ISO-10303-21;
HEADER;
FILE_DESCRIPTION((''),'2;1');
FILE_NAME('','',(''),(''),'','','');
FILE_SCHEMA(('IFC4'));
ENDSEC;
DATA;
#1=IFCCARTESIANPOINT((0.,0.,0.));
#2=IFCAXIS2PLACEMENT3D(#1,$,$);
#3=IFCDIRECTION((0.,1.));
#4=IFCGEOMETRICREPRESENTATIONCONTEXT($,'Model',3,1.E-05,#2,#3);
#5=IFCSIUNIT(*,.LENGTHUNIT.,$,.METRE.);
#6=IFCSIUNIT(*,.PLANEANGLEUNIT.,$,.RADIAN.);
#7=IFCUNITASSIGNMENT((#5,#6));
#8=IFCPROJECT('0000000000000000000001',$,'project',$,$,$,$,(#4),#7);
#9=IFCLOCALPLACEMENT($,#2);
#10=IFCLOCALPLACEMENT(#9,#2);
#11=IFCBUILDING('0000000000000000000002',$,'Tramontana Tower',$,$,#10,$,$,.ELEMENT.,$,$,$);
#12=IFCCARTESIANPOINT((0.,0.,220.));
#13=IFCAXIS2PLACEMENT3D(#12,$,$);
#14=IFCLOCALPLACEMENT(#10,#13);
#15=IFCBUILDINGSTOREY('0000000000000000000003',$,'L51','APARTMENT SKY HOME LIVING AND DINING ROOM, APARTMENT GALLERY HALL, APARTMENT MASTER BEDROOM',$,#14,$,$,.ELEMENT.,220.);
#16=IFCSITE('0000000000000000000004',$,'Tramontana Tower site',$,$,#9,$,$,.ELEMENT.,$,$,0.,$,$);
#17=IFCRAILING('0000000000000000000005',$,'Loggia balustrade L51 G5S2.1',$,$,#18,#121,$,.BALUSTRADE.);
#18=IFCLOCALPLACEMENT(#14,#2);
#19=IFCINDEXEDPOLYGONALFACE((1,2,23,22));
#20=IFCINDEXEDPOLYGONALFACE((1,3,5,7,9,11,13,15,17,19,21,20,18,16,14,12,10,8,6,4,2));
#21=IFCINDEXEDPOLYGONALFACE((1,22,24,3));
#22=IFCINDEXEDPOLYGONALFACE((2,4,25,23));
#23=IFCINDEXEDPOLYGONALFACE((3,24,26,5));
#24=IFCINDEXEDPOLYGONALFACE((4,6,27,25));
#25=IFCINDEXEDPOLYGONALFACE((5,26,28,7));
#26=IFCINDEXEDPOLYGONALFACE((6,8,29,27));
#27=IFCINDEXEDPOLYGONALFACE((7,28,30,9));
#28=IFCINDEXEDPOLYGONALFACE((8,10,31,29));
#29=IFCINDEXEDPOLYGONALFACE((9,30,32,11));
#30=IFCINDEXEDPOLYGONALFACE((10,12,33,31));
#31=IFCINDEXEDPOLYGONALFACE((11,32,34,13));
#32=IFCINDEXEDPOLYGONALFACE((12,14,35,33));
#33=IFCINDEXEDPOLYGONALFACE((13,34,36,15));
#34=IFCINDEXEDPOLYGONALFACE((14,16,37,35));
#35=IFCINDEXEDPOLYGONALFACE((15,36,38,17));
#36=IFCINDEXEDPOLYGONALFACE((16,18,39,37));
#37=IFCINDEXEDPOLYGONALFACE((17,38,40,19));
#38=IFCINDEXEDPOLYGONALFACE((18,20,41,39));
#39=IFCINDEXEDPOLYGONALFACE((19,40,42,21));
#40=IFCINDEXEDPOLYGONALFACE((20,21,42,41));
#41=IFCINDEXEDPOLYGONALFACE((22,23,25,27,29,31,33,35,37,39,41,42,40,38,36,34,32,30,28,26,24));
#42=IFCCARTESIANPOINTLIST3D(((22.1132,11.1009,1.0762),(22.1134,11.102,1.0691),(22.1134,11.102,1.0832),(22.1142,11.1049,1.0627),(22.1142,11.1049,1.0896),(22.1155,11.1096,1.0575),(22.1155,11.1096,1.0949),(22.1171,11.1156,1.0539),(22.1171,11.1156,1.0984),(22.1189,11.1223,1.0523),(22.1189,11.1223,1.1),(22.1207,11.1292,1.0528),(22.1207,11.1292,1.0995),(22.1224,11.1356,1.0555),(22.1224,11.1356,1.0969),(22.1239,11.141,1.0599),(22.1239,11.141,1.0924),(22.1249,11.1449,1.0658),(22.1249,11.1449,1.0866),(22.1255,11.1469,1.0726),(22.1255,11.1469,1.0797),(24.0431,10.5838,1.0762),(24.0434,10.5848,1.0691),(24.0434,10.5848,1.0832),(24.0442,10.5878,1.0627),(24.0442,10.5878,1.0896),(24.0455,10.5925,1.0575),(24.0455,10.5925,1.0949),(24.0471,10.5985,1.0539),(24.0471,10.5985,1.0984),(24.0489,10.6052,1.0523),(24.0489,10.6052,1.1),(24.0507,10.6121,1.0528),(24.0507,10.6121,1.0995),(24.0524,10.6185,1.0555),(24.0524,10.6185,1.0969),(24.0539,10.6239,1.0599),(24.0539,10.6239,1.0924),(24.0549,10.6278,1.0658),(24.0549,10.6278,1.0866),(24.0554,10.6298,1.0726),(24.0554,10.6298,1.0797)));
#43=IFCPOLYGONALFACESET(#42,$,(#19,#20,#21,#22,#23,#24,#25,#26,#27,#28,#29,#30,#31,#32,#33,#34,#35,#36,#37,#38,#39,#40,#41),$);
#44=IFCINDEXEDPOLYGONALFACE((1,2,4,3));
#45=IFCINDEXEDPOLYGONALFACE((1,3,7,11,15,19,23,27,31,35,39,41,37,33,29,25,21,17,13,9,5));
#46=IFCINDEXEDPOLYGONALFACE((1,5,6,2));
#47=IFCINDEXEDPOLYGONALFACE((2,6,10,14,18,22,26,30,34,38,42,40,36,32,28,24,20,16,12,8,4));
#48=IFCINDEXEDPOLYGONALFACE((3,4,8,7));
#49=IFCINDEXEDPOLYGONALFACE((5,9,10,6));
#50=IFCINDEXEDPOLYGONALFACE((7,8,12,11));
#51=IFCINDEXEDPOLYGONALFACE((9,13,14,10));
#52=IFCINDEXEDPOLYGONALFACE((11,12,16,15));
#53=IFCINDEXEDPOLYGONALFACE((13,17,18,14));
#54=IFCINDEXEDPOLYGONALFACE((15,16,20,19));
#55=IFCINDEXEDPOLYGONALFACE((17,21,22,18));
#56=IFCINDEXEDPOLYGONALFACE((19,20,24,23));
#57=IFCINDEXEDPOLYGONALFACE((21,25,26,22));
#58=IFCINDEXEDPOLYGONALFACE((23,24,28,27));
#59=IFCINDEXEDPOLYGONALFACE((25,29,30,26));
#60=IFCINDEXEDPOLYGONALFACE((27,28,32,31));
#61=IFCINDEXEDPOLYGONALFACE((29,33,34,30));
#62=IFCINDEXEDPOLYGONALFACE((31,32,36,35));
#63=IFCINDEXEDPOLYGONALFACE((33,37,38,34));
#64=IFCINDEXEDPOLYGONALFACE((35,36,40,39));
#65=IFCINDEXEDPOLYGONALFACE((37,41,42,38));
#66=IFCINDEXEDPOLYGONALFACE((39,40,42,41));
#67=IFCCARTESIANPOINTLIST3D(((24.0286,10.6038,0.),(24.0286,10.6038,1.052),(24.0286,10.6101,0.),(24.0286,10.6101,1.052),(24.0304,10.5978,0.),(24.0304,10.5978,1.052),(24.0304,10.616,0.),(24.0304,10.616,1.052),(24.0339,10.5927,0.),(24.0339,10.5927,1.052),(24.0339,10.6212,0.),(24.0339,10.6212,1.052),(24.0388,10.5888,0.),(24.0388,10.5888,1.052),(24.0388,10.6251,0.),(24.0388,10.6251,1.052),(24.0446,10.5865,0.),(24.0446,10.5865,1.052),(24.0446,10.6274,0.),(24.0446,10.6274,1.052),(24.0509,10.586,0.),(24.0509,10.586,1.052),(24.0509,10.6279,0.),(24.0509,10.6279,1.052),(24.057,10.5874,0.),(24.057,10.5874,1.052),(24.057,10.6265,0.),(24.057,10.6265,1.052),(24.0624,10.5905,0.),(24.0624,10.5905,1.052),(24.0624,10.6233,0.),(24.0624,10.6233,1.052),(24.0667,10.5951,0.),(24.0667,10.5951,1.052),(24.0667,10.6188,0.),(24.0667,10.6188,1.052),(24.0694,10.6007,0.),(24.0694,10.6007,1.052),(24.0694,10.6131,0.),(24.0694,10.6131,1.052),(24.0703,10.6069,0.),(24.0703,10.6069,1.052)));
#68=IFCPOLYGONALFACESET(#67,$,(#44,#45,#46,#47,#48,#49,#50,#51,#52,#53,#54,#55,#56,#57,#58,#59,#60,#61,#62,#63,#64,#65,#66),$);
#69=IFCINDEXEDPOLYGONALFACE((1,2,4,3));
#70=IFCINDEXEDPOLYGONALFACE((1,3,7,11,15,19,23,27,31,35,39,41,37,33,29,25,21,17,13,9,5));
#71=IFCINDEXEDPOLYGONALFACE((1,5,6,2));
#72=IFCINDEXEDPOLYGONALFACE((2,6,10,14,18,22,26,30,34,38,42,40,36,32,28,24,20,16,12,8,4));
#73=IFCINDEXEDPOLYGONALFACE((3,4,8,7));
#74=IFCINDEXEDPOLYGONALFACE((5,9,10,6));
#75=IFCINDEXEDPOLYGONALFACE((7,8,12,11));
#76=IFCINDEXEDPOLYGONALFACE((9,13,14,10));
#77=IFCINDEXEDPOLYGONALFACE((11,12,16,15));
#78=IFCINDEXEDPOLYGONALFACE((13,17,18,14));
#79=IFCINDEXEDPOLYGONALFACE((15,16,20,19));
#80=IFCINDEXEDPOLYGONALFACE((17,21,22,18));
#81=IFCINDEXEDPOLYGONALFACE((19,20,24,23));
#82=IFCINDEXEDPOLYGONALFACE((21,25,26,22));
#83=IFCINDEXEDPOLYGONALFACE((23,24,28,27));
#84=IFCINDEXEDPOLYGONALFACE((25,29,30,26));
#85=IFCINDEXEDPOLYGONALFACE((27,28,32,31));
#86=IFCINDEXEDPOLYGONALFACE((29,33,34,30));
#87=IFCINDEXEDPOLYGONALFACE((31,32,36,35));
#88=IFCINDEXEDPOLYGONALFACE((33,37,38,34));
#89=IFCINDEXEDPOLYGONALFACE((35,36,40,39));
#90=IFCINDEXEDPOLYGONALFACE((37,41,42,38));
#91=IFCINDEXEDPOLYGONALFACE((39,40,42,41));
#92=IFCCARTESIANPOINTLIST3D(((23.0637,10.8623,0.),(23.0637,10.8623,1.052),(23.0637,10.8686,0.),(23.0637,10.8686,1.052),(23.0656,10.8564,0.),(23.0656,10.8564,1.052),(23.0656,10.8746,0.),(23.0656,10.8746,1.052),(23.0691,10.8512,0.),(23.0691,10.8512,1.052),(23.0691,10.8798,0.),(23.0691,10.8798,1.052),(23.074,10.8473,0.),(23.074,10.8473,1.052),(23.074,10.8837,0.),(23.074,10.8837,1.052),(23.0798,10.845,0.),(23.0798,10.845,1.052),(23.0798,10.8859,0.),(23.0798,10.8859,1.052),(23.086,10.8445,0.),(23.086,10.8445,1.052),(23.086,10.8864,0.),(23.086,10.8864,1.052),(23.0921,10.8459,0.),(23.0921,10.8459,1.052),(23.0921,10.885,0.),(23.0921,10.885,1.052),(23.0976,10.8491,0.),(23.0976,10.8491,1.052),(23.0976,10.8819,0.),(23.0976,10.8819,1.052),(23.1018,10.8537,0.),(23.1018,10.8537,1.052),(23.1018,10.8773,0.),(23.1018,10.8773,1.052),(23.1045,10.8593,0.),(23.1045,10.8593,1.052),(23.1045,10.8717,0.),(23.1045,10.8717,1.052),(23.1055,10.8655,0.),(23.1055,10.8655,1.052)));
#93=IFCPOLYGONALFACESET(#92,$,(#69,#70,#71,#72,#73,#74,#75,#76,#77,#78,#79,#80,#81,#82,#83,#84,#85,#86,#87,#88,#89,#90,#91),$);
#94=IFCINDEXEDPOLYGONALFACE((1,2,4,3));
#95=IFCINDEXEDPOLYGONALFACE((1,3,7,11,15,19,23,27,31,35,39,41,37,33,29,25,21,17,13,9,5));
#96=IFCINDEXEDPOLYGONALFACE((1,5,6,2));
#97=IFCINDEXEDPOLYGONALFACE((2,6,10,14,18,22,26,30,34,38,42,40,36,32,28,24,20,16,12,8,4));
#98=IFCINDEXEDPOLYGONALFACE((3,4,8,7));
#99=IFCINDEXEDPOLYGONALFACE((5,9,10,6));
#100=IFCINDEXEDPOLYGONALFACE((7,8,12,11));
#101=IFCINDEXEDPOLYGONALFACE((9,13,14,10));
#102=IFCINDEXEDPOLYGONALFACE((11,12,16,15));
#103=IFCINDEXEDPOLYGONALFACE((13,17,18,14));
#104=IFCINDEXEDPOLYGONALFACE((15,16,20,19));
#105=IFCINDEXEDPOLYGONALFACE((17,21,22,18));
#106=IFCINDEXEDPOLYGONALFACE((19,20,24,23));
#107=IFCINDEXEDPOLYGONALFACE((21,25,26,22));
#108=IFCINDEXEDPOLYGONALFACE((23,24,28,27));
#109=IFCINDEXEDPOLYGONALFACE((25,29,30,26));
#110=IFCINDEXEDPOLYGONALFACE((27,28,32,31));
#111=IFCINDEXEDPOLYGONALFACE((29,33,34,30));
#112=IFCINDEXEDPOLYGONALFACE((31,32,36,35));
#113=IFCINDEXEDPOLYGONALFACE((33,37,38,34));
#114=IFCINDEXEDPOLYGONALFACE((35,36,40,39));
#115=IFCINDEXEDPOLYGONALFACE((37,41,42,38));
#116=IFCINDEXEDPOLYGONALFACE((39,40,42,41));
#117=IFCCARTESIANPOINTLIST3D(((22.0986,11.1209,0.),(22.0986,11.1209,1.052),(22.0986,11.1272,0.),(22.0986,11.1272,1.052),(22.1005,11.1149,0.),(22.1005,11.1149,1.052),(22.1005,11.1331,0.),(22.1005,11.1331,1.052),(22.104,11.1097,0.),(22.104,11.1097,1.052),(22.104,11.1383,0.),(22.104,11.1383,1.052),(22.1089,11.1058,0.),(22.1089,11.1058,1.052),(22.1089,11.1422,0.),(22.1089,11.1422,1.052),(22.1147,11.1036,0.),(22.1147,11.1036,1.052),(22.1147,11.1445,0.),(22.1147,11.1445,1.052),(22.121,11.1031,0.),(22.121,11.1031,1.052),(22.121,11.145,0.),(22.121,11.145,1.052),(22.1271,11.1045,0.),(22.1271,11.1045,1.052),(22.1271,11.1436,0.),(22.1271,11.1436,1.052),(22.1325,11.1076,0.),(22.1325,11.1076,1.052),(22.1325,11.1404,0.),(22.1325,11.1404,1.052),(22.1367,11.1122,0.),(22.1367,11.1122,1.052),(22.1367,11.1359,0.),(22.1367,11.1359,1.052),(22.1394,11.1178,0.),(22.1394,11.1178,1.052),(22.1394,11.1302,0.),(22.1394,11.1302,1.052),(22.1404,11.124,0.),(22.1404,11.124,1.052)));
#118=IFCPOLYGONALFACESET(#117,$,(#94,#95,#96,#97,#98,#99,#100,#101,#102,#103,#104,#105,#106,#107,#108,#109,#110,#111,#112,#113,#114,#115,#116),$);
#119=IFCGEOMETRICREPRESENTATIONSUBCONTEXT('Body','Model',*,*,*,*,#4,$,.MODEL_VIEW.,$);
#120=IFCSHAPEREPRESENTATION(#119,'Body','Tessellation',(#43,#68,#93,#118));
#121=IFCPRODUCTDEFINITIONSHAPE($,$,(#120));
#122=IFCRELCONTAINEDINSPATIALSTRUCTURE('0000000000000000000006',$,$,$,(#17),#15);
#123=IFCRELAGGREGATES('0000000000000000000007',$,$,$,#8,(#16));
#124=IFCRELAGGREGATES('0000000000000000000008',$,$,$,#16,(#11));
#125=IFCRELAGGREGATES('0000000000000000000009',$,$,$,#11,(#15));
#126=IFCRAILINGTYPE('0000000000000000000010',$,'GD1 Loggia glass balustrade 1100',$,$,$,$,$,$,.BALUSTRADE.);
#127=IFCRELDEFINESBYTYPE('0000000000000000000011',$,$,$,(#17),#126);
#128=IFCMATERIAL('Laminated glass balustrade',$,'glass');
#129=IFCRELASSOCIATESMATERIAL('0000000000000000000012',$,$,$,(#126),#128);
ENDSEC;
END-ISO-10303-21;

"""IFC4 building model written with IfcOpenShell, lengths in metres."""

from ifc_helpers import new_model, si_unit, direction, frame, origin, origin_2d, place, context, subcontext, project, spatial, circle, extrude, material, type_object, element, save


model = new_model("IFC4")

# Units and contexts
model_context = context("Model", 3, precision=1e-05, world=origin(), true_north=direction((0.0, 1.0)))
body_context = subcontext(model_context, "Body", "Model", "MODEL_VIEW")
ifc_project = project(units=[si_unit("LENGTHUNIT", "METRE"), si_unit("PLANEANGLEUNIT", "RADIAN")], contexts=[model_context])

# Site, building, storey
site_placement = place(None, origin())
site = spatial("IfcSite", under=ifc_project, at=site_placement, Name="Tramontana Tower site", CompositionType="ELEMENT", RefElevation=0.0)
building_placement = place(site_placement, origin())
building = spatial("IfcBuilding", under=site, at=building_placement, Name="Tramontana Tower", CompositionType="ELEMENT")
storey_placement = place(building_placement, frame((0.0, 0.0, 220.0)))
storey = spatial("IfcBuildingStorey", under=building, at=storey_placement, Name="L51", Description="APARTMENT SKY HOME LIVING AND DINING ROOM, APARTMENT GALLERY HALL, APARTMENT MASTER BEDROOM", CompositionType="ELEMENT", Elevation=220.0)

# Railing
ifc_material_1 = material(Name="Laminated glass balustrade", Category="glass")
railing_type = type_object("IfcRailingType", Name="GD1 Loggia glass balustrade 1100", PredefinedType="BALUSTRADE", material=ifc_material_1)
railing_1_placement = place(storey_placement, frame((24.0493, 10.6069, 0.0)))
element("IfcRailing", 1, at=railing_1_placement, inside=storey, type_object=railing_type, Name="Loggia balustrade L51 G5S2.1", PredefinedType="BALUSTRADE", context=body_context, shape_type="SweptSolid", body=[
    extrude(circle(Radius=0.0239, at=origin_2d()), frame((0.0, 0.0, 1.0762), z_axis=(-0.96593, 0.258803, 0.0), x_axis=(-0.258803, -0.96593, 0.0)), (0.0, 0.0, 1.0), 1.998),
    extrude(circle(Radius=0.021, at=origin_2d()), origin(), (0.0, 0.0, 1.0), 1.052),
    extrude(circle(Radius=0.021, at=origin_2d()), frame((-0.9648, 0.2585, 0.0)), (0.0, 0.0, 1.0), 1.052),
    extrude(circle(Radius=0.021, at=origin_2d()), frame((-1.9299, 0.5171, 0.0)), (0.0, 0.0, 1.0), 1.052),
])

save(model, "model.ifc")
